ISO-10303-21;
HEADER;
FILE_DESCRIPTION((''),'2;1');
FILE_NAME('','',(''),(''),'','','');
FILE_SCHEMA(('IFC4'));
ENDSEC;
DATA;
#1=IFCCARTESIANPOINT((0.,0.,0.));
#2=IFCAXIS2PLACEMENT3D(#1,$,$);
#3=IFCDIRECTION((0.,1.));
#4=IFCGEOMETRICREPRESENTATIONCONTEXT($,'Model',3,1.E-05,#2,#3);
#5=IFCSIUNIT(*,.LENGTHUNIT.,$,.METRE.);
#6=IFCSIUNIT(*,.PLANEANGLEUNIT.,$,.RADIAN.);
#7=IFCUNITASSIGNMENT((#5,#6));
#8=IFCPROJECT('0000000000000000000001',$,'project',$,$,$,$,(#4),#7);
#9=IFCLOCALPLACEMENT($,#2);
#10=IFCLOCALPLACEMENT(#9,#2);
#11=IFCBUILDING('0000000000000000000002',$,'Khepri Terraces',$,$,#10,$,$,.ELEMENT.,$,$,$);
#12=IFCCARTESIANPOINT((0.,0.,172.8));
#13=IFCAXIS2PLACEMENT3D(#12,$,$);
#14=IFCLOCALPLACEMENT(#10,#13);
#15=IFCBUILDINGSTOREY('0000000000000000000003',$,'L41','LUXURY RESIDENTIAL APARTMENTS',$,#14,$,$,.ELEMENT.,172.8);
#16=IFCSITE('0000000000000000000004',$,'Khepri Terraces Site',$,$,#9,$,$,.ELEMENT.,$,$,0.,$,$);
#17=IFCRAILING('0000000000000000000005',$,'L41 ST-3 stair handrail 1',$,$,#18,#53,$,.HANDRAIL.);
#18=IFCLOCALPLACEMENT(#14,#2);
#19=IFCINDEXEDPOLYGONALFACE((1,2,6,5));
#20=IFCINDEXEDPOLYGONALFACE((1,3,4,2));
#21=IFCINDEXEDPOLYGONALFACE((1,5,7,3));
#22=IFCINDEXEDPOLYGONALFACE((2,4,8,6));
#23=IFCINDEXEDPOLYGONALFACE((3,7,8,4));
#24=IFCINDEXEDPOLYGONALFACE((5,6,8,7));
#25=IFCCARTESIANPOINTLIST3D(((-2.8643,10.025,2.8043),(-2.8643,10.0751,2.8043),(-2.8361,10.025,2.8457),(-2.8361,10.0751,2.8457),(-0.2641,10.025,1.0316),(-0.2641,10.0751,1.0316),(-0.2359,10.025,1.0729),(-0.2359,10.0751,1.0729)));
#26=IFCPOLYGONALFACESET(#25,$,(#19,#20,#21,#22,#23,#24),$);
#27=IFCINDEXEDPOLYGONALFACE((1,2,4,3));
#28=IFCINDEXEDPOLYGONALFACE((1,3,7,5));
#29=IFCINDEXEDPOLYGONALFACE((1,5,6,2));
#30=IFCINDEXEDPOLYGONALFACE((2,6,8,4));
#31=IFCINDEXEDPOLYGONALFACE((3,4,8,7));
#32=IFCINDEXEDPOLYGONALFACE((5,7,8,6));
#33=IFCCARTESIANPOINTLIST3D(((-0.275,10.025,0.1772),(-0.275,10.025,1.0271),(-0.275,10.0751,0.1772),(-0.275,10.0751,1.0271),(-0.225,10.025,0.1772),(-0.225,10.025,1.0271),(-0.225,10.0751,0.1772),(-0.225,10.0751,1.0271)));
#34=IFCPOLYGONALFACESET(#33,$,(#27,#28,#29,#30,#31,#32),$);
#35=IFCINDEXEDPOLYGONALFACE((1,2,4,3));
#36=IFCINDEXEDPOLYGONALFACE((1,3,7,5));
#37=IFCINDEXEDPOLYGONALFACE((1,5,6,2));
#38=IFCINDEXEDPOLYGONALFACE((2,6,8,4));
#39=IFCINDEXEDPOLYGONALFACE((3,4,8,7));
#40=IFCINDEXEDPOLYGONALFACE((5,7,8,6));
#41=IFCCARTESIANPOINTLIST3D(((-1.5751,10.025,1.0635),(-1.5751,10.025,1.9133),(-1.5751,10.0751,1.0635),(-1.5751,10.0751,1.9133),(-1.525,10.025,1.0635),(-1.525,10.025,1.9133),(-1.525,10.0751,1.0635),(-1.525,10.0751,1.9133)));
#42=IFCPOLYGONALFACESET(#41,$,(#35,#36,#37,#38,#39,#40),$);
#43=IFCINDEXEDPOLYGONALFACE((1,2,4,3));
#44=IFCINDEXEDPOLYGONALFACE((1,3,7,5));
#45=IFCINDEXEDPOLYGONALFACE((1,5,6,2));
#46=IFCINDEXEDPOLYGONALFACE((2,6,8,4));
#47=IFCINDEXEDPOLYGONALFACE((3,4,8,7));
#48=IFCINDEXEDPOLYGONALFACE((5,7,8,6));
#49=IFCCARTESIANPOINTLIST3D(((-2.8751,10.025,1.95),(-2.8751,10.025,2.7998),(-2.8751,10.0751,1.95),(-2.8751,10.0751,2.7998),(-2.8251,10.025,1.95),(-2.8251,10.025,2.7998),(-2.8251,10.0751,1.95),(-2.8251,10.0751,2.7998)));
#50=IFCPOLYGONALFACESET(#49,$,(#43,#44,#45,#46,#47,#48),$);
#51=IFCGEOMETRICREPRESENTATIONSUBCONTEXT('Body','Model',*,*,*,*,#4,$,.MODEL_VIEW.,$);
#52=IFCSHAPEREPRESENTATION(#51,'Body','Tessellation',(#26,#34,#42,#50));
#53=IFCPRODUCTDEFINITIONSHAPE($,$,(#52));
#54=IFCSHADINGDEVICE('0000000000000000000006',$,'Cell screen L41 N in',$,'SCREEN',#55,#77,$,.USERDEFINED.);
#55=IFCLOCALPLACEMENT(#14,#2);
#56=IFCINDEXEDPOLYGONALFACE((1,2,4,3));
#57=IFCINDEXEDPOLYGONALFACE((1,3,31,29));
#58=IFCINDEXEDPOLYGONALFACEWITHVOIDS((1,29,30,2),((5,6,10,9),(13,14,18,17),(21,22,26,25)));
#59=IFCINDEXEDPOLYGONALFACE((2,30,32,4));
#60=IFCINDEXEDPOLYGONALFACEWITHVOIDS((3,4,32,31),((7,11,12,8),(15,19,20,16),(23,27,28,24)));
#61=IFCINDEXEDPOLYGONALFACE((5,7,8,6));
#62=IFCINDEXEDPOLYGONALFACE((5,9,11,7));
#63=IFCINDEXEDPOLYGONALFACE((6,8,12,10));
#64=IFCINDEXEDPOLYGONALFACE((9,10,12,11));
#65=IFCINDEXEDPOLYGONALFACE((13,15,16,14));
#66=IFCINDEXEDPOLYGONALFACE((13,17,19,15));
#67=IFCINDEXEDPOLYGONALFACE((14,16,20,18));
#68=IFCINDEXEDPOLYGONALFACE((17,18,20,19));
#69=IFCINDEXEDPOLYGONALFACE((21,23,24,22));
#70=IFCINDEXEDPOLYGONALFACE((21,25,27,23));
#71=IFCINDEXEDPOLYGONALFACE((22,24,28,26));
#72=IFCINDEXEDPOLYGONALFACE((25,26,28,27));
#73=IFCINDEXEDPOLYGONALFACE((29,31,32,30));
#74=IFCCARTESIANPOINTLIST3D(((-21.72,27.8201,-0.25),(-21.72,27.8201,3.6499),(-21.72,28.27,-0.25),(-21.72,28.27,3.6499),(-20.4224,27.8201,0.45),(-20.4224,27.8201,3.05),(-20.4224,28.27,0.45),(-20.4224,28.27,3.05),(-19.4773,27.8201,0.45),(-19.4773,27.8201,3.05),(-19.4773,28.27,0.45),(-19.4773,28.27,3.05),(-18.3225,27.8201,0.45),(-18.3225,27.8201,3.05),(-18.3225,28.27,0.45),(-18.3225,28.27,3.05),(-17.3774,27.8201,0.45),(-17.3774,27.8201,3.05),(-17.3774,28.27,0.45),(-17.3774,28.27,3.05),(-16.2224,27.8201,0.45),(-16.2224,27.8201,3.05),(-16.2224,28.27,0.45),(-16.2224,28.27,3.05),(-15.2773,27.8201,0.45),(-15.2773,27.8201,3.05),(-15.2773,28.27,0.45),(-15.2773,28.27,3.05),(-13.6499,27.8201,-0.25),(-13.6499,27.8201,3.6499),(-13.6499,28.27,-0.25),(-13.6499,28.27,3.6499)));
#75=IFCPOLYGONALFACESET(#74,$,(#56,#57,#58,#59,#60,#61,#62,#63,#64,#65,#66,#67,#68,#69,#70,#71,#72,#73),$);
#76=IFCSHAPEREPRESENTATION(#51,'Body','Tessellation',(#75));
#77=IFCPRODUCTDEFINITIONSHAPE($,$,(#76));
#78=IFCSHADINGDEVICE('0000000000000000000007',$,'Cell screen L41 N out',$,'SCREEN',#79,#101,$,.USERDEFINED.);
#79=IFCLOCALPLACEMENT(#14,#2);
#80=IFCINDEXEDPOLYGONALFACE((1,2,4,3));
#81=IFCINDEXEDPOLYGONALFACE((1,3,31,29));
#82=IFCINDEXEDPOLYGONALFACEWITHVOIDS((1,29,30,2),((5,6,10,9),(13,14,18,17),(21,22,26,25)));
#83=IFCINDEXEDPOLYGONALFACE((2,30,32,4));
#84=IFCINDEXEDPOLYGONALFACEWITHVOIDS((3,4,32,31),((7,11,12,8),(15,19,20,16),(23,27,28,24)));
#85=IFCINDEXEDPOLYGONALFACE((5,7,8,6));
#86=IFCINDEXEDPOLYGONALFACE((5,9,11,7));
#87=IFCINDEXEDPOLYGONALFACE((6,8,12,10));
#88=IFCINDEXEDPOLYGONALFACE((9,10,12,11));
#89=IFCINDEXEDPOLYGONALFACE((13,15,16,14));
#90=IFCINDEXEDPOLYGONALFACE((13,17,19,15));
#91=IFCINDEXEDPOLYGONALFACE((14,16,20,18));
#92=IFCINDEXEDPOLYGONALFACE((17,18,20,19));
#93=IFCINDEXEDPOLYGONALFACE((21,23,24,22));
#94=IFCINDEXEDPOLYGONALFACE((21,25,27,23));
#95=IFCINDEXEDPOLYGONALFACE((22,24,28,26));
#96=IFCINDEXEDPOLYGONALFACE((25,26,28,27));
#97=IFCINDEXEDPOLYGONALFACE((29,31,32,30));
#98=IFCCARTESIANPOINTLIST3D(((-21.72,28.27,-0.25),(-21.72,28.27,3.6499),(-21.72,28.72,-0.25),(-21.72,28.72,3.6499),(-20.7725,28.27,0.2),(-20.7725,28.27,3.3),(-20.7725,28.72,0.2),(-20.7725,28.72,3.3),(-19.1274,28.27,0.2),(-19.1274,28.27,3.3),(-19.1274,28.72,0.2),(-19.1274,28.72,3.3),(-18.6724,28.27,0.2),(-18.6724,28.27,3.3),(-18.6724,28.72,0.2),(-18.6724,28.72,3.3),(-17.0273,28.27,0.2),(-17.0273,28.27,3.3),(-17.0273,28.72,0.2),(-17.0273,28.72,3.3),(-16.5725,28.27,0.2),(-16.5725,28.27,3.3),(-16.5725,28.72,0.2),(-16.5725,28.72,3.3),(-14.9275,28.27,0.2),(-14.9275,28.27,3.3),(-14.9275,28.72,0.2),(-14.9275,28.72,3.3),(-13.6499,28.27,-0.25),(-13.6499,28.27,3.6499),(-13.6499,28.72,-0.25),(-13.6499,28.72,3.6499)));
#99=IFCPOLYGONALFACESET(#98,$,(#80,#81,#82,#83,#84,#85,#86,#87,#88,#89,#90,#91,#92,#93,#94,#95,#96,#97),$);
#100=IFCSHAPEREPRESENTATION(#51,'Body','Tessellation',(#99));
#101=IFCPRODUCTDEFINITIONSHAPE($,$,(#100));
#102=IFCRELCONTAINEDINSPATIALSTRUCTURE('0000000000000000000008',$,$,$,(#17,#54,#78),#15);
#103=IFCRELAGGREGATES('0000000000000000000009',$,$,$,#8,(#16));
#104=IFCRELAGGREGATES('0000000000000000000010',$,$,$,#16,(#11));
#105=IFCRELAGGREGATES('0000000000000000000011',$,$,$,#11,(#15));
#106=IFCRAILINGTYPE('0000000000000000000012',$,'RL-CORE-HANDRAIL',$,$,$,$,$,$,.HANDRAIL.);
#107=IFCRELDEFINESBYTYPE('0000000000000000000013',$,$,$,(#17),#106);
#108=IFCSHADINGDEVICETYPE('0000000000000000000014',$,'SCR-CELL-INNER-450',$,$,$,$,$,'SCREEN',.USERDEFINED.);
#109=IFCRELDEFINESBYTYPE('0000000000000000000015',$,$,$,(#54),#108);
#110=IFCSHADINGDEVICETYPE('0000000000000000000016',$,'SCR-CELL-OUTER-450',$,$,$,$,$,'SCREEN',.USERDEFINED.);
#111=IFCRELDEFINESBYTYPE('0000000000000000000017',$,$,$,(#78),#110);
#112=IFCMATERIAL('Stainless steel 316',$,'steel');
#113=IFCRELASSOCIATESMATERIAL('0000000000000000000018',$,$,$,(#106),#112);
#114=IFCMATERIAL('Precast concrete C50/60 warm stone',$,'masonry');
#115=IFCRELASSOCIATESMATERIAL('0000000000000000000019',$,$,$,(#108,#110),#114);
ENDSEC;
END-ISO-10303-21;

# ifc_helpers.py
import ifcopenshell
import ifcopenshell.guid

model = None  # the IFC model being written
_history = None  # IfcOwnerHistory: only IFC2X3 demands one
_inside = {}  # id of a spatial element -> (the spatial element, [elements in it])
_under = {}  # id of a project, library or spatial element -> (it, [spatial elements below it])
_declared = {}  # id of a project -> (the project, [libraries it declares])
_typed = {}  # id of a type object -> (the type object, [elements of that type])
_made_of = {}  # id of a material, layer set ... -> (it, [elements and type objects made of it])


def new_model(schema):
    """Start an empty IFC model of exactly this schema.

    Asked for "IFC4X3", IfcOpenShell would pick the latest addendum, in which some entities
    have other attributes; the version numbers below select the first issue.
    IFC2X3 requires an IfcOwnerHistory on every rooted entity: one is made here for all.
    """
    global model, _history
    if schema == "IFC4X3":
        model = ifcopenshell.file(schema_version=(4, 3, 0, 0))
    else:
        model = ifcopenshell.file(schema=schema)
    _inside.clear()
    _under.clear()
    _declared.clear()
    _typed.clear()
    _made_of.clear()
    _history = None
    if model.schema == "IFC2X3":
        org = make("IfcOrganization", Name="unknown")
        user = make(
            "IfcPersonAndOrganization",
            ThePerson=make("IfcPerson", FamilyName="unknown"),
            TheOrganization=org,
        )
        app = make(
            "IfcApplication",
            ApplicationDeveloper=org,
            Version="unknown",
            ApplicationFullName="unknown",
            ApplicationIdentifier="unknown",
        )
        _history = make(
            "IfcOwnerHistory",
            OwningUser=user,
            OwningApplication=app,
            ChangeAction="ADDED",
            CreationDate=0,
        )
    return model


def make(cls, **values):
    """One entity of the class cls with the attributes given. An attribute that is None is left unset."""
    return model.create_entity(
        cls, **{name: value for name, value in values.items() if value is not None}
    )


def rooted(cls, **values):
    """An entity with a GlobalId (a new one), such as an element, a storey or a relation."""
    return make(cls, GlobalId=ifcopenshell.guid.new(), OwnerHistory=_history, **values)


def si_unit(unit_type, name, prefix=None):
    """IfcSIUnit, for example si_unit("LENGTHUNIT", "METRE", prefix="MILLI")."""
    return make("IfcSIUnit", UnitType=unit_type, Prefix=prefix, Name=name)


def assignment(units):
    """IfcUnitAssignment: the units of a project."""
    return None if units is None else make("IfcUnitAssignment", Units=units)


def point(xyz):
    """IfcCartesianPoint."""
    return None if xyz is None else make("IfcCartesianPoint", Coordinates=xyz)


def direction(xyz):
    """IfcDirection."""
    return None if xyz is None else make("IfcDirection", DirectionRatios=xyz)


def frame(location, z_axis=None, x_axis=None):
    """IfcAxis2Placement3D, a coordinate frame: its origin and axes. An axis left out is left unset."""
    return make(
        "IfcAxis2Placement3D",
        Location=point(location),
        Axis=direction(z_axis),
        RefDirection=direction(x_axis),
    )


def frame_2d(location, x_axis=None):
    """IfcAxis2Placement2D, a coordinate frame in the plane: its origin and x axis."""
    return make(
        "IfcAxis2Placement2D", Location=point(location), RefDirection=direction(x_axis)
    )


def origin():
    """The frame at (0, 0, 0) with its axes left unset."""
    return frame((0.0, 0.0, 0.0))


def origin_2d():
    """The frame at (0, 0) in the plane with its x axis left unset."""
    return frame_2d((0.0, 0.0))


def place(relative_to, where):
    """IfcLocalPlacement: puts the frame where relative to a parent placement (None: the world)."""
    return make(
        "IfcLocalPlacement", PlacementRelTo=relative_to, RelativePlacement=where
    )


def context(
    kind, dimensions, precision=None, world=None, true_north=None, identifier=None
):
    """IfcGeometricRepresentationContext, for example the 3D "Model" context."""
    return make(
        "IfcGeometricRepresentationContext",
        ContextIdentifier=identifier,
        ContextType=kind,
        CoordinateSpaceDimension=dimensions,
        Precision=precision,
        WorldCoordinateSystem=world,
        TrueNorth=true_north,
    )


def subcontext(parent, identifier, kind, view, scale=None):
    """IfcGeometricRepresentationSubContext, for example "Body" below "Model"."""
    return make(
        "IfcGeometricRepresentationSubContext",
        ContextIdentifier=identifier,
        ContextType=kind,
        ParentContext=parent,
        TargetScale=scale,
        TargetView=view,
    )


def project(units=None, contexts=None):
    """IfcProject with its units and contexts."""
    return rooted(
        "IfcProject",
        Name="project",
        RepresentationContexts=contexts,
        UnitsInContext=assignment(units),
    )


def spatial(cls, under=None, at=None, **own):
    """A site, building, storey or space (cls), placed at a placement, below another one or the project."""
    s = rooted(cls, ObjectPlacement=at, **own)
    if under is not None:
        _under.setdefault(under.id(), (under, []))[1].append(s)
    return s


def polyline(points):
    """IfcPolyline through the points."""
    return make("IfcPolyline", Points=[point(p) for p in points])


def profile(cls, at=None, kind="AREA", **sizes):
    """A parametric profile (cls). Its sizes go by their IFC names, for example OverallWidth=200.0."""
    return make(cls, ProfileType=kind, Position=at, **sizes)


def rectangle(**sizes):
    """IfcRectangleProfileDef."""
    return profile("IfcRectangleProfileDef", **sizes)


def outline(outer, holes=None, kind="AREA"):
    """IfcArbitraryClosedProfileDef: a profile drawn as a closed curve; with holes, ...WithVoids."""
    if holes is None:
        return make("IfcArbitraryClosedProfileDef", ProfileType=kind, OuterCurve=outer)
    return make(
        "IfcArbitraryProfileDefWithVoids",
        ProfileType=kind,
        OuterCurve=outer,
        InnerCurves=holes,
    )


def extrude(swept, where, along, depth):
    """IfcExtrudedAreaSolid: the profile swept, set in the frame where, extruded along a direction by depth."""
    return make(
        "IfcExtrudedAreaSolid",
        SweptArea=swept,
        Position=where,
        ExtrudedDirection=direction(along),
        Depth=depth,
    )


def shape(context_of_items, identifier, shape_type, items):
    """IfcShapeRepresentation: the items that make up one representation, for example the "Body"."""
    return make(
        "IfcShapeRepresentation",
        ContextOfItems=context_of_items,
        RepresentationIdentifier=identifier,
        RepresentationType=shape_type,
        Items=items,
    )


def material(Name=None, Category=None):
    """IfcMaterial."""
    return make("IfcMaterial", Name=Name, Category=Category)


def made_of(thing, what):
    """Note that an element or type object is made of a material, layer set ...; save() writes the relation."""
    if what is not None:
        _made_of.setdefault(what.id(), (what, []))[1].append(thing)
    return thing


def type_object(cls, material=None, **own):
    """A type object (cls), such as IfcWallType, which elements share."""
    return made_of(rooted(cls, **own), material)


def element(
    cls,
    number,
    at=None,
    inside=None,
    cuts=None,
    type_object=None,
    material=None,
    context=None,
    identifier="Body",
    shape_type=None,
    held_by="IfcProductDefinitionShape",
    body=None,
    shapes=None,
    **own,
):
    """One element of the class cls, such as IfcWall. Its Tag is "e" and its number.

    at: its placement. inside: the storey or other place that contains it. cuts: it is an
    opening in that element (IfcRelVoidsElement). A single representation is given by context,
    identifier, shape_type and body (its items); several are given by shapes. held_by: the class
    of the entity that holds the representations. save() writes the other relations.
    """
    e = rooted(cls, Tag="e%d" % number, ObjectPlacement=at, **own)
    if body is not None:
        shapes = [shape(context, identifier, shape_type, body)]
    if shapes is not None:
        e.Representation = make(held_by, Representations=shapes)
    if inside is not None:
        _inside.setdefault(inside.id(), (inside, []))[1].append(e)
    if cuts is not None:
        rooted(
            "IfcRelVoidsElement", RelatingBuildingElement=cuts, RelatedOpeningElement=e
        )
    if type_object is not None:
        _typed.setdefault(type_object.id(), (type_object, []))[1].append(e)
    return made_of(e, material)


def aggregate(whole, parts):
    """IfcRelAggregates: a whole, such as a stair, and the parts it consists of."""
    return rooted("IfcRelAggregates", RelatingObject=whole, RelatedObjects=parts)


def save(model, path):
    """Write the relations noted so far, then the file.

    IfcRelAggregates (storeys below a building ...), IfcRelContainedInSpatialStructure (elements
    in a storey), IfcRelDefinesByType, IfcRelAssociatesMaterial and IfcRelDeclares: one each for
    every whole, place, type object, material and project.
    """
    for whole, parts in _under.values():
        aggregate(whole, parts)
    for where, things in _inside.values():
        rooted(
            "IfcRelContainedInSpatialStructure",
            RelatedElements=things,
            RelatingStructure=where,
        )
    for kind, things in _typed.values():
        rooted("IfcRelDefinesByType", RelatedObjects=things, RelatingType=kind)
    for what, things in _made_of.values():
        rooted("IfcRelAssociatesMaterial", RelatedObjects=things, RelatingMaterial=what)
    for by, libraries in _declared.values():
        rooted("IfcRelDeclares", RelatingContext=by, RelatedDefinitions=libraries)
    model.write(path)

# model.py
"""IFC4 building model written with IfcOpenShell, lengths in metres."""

from ifc_helpers import new_model, si_unit, direction, frame, origin, origin_2d, place, context, subcontext, project, spatial, polyline, rectangle, outline, extrude, material, type_object, element, save


model = new_model("IFC4")

# Units and contexts
model_context = context("Model", 3, precision=1e-05, world=origin(), true_north=direction((0.0, 1.0)))
body_context = subcontext(model_context, "Body", "Model", "MODEL_VIEW")
ifc_project = project(units=[si_unit("LENGTHUNIT", "METRE"), si_unit("PLANEANGLEUNIT", "RADIAN")], contexts=[model_context])

# Site, building, storey
site_placement = place(None, origin())
site = spatial("IfcSite", under=ifc_project, at=site_placement, Name="Khepri Terraces Site", CompositionType="ELEMENT", RefElevation=0.0)
building_placement = place(site_placement, origin())
building = spatial("IfcBuilding", under=site, at=building_placement, Name="Khepri Terraces", CompositionType="ELEMENT")
storey_placement = place(building_placement, frame((0.0, 0.0, 172.8)))
storey = spatial("IfcBuildingStorey", under=building, at=storey_placement, Name="L41", Description="LUXURY RESIDENTIAL APARTMENTS", CompositionType="ELEMENT", Elevation=172.8)

# Shared definitions
ifc_material_1 = material(Name="Precast concrete C50/60 warm stone", Category="masonry")

# Railing
ifc_material_2 = material(Name="Stainless steel 316", Category="steel")
railing_type_1 = type_object("IfcRailingType", Name="RL-CORE-HANDRAIL", PredefinedType="HANDRAIL", material=ifc_material_2)
railing_1_placement = place(storey_placement, frame((-0.25, 10.05, 0.1772)))
element("IfcRailing", 1, at=railing_1_placement, inside=storey, type_object=railing_type_1, Name="L41 ST-3 stair handrail 1", PredefinedType="HANDRAIL", context=body_context, shape_type="SweptSolid", body=[
    extrude(rectangle(XDim=0.05, YDim=0.05, at=origin_2d()), frame((0.0, 0.0, 0.875), z_axis=(-0.82624, 0.0, 0.563318), x_axis=(0.0, -1.0, 0.0)), (0.0, 0.0, 1.0), 3.147),
    extrude(rectangle(XDim=0.05, YDim=0.05, at=origin_2d()), origin(), (0.0, 0.0, 1.0), 0.8499),
    extrude(rectangle(XDim=0.05, YDim=0.05, at=origin_2d()), frame((-1.3, 0.0, 0.8862)), (0.0, 0.0, 1.0), 0.8499),
    extrude(rectangle(XDim=0.05, YDim=0.05, at=origin_2d()), frame((-2.6001, 0.0, 1.7727)), (0.0, 0.0, 1.0), 0.8499),
])

# Shading devices
shading_device_type_1 = type_object("IfcShadingDeviceType", Name="SCR-CELL-INNER-450", ElementType="SCREEN", PredefinedType="USERDEFINED", material=ifc_material_1)
shading_device_1_placement = place(storey_placement, frame((-13.6499, 27.8201, -0.25), z_axis=(0.0, 1.0, 0.0), x_axis=(-1.0, 0.0, 0.0)))
element("IfcShadingDevice", 2, at=shading_device_1_placement, inside=storey, type_object=shading_device_type_1, Name="Cell screen L41 N in", ObjectType="SCREEN", PredefinedType="USERDEFINED", context=body_context, shape_type="SweptSolid", body=[
    extrude(outline(polyline([(0.0, 0.0), (8.0701, 0.0), (8.0701, 3.8999), (0.0, 3.8999), (0.0, 0.0)]), holes=[polyline([(1.6274, 0.7), (2.5725, 0.7), (2.5725, 3.3), (1.6274, 3.3), (1.6274, 0.7)]), polyline([(3.7275, 0.7), (4.6726, 0.7), (4.6726, 3.3), (3.7275, 3.3), (3.7275, 0.7)]), polyline([(5.8274, 0.7), (6.7725, 0.7), (6.7725, 3.3), (5.8274, 3.3), (5.8274, 0.7)])]), origin(), (0.0, 0.0, 1.0), 0.45),
])
shading_device_type_2 = type_object("IfcShadingDeviceType", Name="SCR-CELL-OUTER-450", ElementType="SCREEN", PredefinedType="USERDEFINED", material=ifc_material_1)
shading_device_2_placement = place(storey_placement, frame((-13.6499, 28.27, -0.25), z_axis=(0.0, 1.0, 0.0), x_axis=(-1.0, 0.0, 0.0)))
element("IfcShadingDevice", 3, at=shading_device_2_placement, inside=storey, type_object=shading_device_type_2, Name="Cell screen L41 N out", ObjectType="SCREEN", PredefinedType="USERDEFINED", context=body_context, shape_type="SweptSolid", body=[
    extrude(outline(polyline([(0.0, 0.0), (8.0701, 0.0), (8.0701, 3.8999), (0.0, 3.8999), (0.0, 0.0)]), holes=[polyline([(1.2776, 0.45), (2.9226, 0.45), (2.9226, 3.55), (1.2776, 3.55), (1.2776, 0.45)]), polyline([(3.3774, 0.45), (5.0225, 0.45), (5.0225, 3.55), (3.3774, 3.55), (3.3774, 0.45)]), polyline([(5.4775, 0.45), (7.1226, 0.45), (7.1226, 3.55), (5.4775, 3.55), (5.4775, 0.45)])]), origin(), (0.0, 0.0, 1.0), 0.45),
])

save(model, "model.ifc")
